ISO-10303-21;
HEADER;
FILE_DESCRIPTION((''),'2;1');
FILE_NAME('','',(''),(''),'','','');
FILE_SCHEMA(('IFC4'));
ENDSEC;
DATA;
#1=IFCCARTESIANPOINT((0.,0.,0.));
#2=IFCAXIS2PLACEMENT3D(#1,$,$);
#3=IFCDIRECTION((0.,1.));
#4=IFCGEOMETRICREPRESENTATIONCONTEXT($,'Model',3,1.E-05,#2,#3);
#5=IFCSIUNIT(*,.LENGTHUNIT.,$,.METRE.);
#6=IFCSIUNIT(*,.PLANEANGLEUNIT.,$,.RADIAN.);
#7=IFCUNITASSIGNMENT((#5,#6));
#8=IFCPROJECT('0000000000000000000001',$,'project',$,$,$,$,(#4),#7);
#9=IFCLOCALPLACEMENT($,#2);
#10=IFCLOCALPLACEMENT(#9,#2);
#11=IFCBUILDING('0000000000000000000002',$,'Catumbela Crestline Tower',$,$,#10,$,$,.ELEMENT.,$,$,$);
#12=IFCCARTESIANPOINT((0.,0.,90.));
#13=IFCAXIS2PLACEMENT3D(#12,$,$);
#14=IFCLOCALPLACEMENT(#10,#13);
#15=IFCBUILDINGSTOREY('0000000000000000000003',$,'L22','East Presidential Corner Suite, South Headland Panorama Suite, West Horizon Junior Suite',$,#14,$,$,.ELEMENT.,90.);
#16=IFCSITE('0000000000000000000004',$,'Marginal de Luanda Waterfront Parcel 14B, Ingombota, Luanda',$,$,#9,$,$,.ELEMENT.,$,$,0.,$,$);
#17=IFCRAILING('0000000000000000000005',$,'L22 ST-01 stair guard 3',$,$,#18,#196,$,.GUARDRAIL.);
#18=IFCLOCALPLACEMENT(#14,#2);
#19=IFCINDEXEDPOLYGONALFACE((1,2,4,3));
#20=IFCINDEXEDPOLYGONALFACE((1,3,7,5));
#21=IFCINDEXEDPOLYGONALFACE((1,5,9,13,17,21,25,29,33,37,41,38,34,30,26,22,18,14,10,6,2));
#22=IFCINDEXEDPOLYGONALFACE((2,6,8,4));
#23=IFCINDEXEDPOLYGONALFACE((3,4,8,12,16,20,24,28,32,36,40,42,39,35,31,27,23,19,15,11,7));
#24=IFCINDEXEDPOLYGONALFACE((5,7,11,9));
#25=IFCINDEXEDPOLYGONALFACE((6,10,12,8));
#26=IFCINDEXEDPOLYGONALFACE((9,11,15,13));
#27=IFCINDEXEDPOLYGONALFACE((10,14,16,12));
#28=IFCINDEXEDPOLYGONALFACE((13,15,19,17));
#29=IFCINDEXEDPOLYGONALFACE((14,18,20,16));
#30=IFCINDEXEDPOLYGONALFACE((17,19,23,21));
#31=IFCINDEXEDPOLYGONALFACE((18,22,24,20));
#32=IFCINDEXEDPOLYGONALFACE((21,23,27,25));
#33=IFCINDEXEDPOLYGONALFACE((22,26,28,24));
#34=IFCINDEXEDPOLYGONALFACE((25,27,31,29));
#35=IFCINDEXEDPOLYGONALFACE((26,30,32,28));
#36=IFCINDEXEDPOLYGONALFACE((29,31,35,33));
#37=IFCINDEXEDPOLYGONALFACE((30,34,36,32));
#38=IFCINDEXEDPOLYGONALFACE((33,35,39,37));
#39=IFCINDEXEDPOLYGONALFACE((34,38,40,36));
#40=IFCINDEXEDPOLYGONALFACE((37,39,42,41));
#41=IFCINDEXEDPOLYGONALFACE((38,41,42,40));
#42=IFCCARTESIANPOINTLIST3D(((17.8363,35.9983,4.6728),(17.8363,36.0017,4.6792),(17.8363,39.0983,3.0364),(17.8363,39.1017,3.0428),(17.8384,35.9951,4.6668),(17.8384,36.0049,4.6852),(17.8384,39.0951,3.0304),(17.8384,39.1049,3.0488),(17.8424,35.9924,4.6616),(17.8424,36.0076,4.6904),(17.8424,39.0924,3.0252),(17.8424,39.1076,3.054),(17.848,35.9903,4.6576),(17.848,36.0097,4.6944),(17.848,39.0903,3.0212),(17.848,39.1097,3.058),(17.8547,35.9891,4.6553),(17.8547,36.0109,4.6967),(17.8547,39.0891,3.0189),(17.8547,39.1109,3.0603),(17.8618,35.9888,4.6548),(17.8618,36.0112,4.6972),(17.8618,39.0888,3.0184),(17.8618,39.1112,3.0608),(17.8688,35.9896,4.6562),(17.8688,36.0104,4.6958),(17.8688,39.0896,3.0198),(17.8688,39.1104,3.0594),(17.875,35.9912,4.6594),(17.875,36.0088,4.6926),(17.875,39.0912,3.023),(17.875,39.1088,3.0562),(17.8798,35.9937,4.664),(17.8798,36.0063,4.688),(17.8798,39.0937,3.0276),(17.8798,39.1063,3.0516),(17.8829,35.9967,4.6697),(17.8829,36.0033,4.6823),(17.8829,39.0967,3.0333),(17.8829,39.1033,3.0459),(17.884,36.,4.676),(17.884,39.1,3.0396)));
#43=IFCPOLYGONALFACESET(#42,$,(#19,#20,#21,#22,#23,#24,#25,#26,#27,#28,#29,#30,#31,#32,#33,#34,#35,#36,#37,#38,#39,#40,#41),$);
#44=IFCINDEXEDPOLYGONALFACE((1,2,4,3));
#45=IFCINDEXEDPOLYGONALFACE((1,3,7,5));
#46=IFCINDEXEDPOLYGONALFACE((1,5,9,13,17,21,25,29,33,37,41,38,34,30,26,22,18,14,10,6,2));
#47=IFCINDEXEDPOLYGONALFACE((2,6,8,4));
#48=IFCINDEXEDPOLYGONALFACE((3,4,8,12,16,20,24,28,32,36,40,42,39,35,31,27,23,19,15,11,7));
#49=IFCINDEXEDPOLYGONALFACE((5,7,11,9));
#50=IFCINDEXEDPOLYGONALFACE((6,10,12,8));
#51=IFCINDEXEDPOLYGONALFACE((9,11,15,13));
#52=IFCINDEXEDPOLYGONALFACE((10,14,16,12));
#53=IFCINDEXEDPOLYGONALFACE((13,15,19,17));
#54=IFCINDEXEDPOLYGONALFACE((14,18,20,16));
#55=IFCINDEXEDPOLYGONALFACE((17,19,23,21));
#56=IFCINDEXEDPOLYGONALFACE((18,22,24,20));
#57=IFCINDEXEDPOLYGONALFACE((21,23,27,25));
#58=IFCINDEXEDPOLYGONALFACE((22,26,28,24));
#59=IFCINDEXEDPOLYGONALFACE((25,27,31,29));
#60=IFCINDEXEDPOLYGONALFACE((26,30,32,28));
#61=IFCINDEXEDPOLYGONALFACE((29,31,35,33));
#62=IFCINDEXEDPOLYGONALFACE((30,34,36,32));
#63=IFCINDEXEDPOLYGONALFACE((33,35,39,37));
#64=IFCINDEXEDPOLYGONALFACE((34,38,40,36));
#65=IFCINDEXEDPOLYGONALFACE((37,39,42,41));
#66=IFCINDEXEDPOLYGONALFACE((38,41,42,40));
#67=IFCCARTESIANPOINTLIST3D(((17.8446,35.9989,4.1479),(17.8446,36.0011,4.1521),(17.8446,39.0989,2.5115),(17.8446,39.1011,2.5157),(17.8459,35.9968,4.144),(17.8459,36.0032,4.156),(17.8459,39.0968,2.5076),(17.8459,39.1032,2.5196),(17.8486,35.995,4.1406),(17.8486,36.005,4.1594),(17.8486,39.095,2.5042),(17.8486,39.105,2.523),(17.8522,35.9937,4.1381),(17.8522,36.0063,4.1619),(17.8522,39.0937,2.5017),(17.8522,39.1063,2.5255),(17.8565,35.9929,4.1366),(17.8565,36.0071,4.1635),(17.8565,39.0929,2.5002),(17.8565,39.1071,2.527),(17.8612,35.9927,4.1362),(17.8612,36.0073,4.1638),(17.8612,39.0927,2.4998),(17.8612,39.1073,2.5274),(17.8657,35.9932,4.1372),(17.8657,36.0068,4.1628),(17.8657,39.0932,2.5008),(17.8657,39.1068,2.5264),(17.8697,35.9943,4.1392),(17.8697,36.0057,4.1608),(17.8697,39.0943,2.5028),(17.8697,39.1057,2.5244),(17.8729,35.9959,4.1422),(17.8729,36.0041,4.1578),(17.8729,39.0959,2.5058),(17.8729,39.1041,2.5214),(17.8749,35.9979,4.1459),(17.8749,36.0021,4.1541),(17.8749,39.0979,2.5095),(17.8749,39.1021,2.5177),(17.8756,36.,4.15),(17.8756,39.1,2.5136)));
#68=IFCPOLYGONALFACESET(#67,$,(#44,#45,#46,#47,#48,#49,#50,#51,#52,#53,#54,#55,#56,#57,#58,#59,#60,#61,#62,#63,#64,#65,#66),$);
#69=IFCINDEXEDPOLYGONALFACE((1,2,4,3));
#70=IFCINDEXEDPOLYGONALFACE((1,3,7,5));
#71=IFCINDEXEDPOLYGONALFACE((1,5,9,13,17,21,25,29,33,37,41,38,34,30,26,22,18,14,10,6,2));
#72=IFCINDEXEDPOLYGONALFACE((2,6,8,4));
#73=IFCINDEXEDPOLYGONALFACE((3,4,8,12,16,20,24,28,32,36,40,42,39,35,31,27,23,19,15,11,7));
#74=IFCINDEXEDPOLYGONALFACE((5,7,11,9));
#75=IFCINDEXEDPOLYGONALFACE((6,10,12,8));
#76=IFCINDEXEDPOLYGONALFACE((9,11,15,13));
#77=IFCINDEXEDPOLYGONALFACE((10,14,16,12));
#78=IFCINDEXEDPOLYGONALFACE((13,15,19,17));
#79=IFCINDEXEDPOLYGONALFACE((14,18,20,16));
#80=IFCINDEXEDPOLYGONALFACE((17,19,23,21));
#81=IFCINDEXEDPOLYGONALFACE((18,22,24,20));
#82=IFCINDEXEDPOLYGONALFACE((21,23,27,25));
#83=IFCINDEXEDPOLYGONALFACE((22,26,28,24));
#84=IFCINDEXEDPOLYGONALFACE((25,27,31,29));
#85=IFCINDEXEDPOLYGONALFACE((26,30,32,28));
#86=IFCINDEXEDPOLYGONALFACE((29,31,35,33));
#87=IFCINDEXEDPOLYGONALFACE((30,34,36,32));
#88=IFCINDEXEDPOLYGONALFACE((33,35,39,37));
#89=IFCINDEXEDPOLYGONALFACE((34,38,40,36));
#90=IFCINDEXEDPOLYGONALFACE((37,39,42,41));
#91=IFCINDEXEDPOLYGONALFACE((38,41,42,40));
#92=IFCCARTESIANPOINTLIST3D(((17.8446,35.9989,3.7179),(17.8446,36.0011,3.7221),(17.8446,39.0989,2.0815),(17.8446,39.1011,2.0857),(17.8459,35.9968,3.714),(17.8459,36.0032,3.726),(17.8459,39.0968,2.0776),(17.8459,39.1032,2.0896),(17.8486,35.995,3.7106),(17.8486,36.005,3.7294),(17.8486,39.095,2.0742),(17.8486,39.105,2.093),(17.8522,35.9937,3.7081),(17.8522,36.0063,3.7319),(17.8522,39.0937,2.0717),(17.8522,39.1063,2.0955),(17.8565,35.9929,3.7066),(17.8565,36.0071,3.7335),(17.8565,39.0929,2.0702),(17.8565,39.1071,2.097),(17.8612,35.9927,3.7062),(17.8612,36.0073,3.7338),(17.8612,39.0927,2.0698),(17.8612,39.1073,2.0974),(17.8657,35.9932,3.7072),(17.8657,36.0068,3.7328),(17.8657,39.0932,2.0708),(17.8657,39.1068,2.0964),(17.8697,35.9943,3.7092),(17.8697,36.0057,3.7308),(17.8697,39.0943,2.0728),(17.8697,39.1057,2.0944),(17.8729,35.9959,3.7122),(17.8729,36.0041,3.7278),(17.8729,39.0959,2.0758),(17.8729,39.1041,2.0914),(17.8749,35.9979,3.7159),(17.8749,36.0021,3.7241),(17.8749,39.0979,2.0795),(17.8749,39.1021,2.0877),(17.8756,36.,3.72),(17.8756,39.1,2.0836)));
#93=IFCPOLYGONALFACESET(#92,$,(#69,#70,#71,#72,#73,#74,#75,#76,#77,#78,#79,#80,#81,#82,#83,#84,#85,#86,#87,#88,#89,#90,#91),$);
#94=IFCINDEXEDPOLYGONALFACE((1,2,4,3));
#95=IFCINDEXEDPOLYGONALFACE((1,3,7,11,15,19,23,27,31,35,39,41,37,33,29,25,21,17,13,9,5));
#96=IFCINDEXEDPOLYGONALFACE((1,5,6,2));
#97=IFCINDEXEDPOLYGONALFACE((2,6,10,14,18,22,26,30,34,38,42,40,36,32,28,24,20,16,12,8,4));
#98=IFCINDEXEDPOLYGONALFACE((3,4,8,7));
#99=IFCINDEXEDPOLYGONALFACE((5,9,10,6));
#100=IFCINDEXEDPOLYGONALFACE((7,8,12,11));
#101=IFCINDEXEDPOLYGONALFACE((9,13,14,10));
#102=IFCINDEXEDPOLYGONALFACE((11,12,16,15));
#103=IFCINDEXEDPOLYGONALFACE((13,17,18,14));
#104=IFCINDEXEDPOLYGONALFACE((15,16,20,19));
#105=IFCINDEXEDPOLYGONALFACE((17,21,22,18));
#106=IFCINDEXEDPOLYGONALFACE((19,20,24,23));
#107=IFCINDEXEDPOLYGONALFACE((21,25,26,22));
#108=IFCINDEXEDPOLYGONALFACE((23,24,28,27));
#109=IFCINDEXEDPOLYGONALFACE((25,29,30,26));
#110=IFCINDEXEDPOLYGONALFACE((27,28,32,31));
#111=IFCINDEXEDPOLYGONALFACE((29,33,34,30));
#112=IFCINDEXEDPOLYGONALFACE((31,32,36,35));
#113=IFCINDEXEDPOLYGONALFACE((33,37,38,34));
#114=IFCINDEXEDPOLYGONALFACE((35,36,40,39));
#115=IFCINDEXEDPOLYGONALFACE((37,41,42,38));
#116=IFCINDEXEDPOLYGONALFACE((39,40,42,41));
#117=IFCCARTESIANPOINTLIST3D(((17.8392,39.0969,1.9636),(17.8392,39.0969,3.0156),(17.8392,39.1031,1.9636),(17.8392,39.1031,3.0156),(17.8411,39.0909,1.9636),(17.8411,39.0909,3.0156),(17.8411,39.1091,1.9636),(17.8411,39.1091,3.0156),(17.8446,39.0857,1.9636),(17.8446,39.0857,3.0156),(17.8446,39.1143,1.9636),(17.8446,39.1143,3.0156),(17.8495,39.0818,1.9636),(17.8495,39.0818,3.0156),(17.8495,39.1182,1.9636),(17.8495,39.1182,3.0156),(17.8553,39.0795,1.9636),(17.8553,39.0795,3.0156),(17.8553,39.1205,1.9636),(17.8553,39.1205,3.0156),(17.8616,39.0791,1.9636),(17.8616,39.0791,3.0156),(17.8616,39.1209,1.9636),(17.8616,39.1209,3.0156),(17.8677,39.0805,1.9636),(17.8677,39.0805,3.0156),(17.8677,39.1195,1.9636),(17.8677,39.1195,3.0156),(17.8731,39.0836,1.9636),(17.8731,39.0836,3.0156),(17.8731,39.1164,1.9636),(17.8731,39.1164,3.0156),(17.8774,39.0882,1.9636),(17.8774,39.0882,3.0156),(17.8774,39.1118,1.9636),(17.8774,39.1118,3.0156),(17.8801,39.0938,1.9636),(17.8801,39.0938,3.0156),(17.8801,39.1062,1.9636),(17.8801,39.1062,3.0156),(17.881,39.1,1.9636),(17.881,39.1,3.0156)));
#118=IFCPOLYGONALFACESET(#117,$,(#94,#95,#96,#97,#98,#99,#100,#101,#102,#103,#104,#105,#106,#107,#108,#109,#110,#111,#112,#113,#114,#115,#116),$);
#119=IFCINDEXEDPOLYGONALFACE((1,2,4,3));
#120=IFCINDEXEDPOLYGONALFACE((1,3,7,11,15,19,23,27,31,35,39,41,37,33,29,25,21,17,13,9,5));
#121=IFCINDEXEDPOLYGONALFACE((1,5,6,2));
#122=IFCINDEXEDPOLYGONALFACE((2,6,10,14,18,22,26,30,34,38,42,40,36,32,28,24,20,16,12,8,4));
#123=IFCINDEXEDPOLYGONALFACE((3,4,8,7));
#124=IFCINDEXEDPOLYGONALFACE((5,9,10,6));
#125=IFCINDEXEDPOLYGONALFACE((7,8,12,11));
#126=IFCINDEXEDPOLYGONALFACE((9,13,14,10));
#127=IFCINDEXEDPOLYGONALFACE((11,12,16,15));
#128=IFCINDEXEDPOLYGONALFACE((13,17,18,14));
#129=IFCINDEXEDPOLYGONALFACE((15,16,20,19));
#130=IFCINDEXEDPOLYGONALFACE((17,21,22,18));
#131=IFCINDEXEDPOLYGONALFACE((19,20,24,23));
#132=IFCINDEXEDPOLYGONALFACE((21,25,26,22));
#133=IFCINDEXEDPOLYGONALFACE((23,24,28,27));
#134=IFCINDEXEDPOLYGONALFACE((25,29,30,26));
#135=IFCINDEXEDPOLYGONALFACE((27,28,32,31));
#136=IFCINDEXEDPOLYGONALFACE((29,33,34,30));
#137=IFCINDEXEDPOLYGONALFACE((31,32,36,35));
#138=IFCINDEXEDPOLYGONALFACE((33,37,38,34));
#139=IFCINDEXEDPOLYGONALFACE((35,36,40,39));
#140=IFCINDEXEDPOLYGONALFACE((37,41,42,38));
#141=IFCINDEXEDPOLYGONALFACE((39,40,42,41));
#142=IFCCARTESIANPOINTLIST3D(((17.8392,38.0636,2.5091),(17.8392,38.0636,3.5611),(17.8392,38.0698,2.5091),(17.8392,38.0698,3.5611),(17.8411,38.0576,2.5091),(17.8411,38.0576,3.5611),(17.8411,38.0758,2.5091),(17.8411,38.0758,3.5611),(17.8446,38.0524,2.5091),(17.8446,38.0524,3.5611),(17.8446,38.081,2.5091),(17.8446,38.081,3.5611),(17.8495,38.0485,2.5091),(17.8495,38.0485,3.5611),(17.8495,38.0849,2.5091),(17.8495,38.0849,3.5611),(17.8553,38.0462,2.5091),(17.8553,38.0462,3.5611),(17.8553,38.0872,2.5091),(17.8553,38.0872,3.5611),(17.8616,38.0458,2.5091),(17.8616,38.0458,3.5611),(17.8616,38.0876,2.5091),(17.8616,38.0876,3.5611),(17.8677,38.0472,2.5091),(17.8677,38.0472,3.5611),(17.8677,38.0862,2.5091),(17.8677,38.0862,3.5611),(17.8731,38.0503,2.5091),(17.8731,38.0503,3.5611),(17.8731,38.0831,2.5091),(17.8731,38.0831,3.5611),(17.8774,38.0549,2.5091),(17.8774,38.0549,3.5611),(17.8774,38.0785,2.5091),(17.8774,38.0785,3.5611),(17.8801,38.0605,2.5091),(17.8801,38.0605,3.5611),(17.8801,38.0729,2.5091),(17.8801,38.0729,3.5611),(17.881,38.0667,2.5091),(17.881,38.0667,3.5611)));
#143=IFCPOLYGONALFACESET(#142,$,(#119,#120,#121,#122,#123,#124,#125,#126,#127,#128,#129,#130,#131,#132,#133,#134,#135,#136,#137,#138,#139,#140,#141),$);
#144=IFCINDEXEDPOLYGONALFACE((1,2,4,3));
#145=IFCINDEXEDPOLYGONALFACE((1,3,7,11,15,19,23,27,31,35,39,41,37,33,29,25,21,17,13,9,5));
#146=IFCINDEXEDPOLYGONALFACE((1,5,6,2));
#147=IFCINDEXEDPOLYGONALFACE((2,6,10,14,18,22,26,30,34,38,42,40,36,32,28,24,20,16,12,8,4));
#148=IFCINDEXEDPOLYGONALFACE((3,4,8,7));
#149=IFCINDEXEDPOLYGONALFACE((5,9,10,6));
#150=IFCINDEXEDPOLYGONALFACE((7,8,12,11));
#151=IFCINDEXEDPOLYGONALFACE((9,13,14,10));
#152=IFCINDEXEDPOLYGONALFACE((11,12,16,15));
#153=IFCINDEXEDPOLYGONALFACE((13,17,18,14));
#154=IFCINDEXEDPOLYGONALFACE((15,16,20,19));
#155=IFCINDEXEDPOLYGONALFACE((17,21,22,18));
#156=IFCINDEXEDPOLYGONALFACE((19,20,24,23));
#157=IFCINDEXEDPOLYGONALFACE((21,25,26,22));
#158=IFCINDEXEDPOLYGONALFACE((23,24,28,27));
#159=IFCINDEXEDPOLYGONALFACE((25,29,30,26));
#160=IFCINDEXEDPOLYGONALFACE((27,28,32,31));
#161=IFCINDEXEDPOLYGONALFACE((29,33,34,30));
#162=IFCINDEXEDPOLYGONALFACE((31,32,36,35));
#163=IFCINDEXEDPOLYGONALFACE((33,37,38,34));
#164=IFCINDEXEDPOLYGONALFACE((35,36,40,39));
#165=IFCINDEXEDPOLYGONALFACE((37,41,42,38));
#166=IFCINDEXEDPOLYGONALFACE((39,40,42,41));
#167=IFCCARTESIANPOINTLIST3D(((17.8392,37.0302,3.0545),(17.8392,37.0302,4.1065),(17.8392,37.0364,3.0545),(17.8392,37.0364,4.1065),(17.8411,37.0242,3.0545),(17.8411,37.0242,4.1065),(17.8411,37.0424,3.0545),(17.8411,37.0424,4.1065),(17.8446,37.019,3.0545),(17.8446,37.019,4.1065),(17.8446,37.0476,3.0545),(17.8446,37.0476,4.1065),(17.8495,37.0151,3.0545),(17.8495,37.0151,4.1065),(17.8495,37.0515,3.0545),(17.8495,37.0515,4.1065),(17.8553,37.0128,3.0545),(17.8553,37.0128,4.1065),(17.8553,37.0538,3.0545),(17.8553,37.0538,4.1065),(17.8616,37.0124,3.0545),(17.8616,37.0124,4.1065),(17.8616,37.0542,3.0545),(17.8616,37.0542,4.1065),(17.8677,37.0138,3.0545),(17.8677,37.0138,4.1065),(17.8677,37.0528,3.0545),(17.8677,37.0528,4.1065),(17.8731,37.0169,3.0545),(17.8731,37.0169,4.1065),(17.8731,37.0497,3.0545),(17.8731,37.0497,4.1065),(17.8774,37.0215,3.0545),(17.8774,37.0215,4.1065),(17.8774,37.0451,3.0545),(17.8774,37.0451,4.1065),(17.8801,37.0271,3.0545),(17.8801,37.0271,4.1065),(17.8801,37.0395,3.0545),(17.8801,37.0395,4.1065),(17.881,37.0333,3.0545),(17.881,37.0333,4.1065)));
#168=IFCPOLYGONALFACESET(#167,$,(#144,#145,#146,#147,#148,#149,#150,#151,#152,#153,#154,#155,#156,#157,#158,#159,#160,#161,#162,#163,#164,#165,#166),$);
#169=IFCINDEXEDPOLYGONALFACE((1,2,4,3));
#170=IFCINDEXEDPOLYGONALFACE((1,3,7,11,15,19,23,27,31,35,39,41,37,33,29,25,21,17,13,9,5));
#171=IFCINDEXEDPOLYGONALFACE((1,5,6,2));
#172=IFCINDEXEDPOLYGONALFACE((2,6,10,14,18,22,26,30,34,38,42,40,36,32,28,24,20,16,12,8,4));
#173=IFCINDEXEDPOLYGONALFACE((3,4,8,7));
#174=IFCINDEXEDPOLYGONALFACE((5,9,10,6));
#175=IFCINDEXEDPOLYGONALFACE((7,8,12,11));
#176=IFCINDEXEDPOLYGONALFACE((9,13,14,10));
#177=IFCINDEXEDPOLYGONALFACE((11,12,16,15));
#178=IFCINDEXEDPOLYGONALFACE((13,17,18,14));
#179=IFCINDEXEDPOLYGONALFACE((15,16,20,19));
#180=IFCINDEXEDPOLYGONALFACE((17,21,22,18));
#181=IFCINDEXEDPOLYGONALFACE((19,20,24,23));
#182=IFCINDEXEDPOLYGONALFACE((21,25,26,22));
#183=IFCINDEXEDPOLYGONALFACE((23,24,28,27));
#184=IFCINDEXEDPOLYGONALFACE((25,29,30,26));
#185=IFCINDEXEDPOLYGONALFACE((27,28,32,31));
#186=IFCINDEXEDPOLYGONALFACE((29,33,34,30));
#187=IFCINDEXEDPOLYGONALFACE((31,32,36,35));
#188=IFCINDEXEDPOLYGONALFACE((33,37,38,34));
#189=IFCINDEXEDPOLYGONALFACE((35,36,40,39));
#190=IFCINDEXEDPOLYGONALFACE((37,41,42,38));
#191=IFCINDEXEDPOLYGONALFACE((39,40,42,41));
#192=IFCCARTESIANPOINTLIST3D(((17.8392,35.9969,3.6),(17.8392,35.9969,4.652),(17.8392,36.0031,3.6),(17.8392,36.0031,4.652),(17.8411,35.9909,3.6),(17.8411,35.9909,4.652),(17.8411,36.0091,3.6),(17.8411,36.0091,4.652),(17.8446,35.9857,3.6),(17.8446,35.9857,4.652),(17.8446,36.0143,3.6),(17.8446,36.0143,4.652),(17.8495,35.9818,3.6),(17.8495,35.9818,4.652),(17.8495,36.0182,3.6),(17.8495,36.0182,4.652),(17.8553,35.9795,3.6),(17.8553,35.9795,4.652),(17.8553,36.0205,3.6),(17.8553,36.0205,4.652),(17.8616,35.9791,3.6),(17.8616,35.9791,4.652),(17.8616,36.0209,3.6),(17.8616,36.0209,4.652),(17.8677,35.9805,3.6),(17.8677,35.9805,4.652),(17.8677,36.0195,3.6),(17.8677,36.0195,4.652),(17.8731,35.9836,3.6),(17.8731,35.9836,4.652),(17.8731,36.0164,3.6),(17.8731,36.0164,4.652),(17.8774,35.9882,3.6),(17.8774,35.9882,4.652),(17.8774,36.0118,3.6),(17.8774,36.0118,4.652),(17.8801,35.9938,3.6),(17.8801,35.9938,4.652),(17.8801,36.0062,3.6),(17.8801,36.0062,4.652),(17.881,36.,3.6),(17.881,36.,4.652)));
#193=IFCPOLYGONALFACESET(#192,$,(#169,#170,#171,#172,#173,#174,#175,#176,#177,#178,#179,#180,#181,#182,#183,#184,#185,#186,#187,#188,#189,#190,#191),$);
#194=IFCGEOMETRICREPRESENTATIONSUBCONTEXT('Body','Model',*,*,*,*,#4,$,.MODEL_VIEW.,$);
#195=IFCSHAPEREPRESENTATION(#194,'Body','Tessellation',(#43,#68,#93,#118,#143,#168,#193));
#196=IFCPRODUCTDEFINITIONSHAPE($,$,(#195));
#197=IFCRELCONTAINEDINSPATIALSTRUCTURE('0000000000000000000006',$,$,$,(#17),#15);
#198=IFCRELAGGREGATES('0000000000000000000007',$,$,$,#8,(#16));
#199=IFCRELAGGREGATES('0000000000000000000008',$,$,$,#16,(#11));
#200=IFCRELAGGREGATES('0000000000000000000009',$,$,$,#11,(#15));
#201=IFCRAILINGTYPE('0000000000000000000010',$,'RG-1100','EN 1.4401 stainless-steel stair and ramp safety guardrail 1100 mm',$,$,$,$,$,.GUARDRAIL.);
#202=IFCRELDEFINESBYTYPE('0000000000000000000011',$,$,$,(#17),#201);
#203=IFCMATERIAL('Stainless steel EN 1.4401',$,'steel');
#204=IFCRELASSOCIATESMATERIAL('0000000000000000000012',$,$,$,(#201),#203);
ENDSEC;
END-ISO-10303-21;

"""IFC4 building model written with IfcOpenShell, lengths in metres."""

from ifc_helpers import new_model, si_unit, direction, frame, origin, origin_2d, place, context, subcontext, project, spatial, circle, extrude, material, type_object, element, save


model = new_model("IFC4")

# Units and contexts
model_context = context("Model", 3, precision=1e-05, world=origin(), true_north=direction((0.0, 1.0)))
body_context = subcontext(model_context, "Body", "Model", "MODEL_VIEW")
ifc_project = project(units=[si_unit("LENGTHUNIT", "METRE"), si_unit("PLANEANGLEUNIT", "RADIAN")], contexts=[model_context])

# Site, building, storey
site_placement = place(None, origin())
site = spatial("IfcSite", under=ifc_project, at=site_placement, Name="Marginal de Luanda Waterfront Parcel 14B, Ingombota, Luanda", CompositionType="ELEMENT", RefElevation=0.0)
building_placement = place(site_placement, origin())
building = spatial("IfcBuilding", under=site, at=building_placement, Name="Catumbela Crestline Tower", CompositionType="ELEMENT")
storey_placement = place(building_placement, frame((0.0, 0.0, 90.0)))
storey = spatial("IfcBuildingStorey", under=building, at=storey_placement, Name="L22", Description="East Presidential Corner Suite, South Headland Panorama Suite, West Horizon Junior Suite", CompositionType="ELEMENT", Elevation=90.0)

# Railing
ifc_material_1 = material(Name="Stainless steel EN 1.4401", Category="steel")
railing_type_1 = type_object("IfcRailingType", Name="RG-1100", Description="EN 1.4401 stainless-steel stair and ramp safety guardrail 1100 mm", PredefinedType="GUARDRAIL", material=ifc_material_1)
railing_1_placement = place(storey_placement, frame((17.86, 39.1, 1.9636)))
element("IfcRailing", 1, at=railing_1_placement, inside=storey, type_object=railing_type_1, Name="L22 ST-01 stair guard 3", PredefinedType="GUARDRAIL", context=body_context, shape_type="SweptSolid", body=[
    extrude(circle(Radius=0.024, at=origin_2d()), frame((0.0, 0.0, 1.076), z_axis=(0.0, -0.884351, 0.466823), x_axis=(1.0, 0.0, 0.0)), (0.0, 0.0, 1.0), 3.5054),
    extrude(circle(Radius=0.0156, at=origin_2d()), frame((0.0, 0.0, 0.55), z_axis=(0.0, -0.884351, 0.466823), x_axis=(1.0, 0.0, 0.0)), (0.0, 0.0, 1.0), 3.5054),
    extrude(circle(Radius=0.0156, at=origin_2d()), frame((0.0, 0.0, 0.12), z_axis=(0.0, -0.884351, 0.466823), x_axis=(1.0, 0.0, 0.0)), (0.0, 0.0, 1.0), 3.5054),
    extrude(circle(Radius=0.021, at=origin_2d()), origin(), (0.0, 0.0, 1.0), 1.052),
    extrude(circle(Radius=0.021, at=origin_2d()), frame((0.0, -1.0333, 0.5455)), (0.0, 0.0, 1.0), 1.052),
    extrude(circle(Radius=0.021, at=origin_2d()), frame((0.0, -2.0667, 1.0909)), (0.0, 0.0, 1.0), 1.052),
    extrude(circle(Radius=0.021, at=origin_2d()), frame((0.0, -3.1, 1.6364)), (0.0, 0.0, 1.0), 1.052),
])

save(model, "model.ifc")
